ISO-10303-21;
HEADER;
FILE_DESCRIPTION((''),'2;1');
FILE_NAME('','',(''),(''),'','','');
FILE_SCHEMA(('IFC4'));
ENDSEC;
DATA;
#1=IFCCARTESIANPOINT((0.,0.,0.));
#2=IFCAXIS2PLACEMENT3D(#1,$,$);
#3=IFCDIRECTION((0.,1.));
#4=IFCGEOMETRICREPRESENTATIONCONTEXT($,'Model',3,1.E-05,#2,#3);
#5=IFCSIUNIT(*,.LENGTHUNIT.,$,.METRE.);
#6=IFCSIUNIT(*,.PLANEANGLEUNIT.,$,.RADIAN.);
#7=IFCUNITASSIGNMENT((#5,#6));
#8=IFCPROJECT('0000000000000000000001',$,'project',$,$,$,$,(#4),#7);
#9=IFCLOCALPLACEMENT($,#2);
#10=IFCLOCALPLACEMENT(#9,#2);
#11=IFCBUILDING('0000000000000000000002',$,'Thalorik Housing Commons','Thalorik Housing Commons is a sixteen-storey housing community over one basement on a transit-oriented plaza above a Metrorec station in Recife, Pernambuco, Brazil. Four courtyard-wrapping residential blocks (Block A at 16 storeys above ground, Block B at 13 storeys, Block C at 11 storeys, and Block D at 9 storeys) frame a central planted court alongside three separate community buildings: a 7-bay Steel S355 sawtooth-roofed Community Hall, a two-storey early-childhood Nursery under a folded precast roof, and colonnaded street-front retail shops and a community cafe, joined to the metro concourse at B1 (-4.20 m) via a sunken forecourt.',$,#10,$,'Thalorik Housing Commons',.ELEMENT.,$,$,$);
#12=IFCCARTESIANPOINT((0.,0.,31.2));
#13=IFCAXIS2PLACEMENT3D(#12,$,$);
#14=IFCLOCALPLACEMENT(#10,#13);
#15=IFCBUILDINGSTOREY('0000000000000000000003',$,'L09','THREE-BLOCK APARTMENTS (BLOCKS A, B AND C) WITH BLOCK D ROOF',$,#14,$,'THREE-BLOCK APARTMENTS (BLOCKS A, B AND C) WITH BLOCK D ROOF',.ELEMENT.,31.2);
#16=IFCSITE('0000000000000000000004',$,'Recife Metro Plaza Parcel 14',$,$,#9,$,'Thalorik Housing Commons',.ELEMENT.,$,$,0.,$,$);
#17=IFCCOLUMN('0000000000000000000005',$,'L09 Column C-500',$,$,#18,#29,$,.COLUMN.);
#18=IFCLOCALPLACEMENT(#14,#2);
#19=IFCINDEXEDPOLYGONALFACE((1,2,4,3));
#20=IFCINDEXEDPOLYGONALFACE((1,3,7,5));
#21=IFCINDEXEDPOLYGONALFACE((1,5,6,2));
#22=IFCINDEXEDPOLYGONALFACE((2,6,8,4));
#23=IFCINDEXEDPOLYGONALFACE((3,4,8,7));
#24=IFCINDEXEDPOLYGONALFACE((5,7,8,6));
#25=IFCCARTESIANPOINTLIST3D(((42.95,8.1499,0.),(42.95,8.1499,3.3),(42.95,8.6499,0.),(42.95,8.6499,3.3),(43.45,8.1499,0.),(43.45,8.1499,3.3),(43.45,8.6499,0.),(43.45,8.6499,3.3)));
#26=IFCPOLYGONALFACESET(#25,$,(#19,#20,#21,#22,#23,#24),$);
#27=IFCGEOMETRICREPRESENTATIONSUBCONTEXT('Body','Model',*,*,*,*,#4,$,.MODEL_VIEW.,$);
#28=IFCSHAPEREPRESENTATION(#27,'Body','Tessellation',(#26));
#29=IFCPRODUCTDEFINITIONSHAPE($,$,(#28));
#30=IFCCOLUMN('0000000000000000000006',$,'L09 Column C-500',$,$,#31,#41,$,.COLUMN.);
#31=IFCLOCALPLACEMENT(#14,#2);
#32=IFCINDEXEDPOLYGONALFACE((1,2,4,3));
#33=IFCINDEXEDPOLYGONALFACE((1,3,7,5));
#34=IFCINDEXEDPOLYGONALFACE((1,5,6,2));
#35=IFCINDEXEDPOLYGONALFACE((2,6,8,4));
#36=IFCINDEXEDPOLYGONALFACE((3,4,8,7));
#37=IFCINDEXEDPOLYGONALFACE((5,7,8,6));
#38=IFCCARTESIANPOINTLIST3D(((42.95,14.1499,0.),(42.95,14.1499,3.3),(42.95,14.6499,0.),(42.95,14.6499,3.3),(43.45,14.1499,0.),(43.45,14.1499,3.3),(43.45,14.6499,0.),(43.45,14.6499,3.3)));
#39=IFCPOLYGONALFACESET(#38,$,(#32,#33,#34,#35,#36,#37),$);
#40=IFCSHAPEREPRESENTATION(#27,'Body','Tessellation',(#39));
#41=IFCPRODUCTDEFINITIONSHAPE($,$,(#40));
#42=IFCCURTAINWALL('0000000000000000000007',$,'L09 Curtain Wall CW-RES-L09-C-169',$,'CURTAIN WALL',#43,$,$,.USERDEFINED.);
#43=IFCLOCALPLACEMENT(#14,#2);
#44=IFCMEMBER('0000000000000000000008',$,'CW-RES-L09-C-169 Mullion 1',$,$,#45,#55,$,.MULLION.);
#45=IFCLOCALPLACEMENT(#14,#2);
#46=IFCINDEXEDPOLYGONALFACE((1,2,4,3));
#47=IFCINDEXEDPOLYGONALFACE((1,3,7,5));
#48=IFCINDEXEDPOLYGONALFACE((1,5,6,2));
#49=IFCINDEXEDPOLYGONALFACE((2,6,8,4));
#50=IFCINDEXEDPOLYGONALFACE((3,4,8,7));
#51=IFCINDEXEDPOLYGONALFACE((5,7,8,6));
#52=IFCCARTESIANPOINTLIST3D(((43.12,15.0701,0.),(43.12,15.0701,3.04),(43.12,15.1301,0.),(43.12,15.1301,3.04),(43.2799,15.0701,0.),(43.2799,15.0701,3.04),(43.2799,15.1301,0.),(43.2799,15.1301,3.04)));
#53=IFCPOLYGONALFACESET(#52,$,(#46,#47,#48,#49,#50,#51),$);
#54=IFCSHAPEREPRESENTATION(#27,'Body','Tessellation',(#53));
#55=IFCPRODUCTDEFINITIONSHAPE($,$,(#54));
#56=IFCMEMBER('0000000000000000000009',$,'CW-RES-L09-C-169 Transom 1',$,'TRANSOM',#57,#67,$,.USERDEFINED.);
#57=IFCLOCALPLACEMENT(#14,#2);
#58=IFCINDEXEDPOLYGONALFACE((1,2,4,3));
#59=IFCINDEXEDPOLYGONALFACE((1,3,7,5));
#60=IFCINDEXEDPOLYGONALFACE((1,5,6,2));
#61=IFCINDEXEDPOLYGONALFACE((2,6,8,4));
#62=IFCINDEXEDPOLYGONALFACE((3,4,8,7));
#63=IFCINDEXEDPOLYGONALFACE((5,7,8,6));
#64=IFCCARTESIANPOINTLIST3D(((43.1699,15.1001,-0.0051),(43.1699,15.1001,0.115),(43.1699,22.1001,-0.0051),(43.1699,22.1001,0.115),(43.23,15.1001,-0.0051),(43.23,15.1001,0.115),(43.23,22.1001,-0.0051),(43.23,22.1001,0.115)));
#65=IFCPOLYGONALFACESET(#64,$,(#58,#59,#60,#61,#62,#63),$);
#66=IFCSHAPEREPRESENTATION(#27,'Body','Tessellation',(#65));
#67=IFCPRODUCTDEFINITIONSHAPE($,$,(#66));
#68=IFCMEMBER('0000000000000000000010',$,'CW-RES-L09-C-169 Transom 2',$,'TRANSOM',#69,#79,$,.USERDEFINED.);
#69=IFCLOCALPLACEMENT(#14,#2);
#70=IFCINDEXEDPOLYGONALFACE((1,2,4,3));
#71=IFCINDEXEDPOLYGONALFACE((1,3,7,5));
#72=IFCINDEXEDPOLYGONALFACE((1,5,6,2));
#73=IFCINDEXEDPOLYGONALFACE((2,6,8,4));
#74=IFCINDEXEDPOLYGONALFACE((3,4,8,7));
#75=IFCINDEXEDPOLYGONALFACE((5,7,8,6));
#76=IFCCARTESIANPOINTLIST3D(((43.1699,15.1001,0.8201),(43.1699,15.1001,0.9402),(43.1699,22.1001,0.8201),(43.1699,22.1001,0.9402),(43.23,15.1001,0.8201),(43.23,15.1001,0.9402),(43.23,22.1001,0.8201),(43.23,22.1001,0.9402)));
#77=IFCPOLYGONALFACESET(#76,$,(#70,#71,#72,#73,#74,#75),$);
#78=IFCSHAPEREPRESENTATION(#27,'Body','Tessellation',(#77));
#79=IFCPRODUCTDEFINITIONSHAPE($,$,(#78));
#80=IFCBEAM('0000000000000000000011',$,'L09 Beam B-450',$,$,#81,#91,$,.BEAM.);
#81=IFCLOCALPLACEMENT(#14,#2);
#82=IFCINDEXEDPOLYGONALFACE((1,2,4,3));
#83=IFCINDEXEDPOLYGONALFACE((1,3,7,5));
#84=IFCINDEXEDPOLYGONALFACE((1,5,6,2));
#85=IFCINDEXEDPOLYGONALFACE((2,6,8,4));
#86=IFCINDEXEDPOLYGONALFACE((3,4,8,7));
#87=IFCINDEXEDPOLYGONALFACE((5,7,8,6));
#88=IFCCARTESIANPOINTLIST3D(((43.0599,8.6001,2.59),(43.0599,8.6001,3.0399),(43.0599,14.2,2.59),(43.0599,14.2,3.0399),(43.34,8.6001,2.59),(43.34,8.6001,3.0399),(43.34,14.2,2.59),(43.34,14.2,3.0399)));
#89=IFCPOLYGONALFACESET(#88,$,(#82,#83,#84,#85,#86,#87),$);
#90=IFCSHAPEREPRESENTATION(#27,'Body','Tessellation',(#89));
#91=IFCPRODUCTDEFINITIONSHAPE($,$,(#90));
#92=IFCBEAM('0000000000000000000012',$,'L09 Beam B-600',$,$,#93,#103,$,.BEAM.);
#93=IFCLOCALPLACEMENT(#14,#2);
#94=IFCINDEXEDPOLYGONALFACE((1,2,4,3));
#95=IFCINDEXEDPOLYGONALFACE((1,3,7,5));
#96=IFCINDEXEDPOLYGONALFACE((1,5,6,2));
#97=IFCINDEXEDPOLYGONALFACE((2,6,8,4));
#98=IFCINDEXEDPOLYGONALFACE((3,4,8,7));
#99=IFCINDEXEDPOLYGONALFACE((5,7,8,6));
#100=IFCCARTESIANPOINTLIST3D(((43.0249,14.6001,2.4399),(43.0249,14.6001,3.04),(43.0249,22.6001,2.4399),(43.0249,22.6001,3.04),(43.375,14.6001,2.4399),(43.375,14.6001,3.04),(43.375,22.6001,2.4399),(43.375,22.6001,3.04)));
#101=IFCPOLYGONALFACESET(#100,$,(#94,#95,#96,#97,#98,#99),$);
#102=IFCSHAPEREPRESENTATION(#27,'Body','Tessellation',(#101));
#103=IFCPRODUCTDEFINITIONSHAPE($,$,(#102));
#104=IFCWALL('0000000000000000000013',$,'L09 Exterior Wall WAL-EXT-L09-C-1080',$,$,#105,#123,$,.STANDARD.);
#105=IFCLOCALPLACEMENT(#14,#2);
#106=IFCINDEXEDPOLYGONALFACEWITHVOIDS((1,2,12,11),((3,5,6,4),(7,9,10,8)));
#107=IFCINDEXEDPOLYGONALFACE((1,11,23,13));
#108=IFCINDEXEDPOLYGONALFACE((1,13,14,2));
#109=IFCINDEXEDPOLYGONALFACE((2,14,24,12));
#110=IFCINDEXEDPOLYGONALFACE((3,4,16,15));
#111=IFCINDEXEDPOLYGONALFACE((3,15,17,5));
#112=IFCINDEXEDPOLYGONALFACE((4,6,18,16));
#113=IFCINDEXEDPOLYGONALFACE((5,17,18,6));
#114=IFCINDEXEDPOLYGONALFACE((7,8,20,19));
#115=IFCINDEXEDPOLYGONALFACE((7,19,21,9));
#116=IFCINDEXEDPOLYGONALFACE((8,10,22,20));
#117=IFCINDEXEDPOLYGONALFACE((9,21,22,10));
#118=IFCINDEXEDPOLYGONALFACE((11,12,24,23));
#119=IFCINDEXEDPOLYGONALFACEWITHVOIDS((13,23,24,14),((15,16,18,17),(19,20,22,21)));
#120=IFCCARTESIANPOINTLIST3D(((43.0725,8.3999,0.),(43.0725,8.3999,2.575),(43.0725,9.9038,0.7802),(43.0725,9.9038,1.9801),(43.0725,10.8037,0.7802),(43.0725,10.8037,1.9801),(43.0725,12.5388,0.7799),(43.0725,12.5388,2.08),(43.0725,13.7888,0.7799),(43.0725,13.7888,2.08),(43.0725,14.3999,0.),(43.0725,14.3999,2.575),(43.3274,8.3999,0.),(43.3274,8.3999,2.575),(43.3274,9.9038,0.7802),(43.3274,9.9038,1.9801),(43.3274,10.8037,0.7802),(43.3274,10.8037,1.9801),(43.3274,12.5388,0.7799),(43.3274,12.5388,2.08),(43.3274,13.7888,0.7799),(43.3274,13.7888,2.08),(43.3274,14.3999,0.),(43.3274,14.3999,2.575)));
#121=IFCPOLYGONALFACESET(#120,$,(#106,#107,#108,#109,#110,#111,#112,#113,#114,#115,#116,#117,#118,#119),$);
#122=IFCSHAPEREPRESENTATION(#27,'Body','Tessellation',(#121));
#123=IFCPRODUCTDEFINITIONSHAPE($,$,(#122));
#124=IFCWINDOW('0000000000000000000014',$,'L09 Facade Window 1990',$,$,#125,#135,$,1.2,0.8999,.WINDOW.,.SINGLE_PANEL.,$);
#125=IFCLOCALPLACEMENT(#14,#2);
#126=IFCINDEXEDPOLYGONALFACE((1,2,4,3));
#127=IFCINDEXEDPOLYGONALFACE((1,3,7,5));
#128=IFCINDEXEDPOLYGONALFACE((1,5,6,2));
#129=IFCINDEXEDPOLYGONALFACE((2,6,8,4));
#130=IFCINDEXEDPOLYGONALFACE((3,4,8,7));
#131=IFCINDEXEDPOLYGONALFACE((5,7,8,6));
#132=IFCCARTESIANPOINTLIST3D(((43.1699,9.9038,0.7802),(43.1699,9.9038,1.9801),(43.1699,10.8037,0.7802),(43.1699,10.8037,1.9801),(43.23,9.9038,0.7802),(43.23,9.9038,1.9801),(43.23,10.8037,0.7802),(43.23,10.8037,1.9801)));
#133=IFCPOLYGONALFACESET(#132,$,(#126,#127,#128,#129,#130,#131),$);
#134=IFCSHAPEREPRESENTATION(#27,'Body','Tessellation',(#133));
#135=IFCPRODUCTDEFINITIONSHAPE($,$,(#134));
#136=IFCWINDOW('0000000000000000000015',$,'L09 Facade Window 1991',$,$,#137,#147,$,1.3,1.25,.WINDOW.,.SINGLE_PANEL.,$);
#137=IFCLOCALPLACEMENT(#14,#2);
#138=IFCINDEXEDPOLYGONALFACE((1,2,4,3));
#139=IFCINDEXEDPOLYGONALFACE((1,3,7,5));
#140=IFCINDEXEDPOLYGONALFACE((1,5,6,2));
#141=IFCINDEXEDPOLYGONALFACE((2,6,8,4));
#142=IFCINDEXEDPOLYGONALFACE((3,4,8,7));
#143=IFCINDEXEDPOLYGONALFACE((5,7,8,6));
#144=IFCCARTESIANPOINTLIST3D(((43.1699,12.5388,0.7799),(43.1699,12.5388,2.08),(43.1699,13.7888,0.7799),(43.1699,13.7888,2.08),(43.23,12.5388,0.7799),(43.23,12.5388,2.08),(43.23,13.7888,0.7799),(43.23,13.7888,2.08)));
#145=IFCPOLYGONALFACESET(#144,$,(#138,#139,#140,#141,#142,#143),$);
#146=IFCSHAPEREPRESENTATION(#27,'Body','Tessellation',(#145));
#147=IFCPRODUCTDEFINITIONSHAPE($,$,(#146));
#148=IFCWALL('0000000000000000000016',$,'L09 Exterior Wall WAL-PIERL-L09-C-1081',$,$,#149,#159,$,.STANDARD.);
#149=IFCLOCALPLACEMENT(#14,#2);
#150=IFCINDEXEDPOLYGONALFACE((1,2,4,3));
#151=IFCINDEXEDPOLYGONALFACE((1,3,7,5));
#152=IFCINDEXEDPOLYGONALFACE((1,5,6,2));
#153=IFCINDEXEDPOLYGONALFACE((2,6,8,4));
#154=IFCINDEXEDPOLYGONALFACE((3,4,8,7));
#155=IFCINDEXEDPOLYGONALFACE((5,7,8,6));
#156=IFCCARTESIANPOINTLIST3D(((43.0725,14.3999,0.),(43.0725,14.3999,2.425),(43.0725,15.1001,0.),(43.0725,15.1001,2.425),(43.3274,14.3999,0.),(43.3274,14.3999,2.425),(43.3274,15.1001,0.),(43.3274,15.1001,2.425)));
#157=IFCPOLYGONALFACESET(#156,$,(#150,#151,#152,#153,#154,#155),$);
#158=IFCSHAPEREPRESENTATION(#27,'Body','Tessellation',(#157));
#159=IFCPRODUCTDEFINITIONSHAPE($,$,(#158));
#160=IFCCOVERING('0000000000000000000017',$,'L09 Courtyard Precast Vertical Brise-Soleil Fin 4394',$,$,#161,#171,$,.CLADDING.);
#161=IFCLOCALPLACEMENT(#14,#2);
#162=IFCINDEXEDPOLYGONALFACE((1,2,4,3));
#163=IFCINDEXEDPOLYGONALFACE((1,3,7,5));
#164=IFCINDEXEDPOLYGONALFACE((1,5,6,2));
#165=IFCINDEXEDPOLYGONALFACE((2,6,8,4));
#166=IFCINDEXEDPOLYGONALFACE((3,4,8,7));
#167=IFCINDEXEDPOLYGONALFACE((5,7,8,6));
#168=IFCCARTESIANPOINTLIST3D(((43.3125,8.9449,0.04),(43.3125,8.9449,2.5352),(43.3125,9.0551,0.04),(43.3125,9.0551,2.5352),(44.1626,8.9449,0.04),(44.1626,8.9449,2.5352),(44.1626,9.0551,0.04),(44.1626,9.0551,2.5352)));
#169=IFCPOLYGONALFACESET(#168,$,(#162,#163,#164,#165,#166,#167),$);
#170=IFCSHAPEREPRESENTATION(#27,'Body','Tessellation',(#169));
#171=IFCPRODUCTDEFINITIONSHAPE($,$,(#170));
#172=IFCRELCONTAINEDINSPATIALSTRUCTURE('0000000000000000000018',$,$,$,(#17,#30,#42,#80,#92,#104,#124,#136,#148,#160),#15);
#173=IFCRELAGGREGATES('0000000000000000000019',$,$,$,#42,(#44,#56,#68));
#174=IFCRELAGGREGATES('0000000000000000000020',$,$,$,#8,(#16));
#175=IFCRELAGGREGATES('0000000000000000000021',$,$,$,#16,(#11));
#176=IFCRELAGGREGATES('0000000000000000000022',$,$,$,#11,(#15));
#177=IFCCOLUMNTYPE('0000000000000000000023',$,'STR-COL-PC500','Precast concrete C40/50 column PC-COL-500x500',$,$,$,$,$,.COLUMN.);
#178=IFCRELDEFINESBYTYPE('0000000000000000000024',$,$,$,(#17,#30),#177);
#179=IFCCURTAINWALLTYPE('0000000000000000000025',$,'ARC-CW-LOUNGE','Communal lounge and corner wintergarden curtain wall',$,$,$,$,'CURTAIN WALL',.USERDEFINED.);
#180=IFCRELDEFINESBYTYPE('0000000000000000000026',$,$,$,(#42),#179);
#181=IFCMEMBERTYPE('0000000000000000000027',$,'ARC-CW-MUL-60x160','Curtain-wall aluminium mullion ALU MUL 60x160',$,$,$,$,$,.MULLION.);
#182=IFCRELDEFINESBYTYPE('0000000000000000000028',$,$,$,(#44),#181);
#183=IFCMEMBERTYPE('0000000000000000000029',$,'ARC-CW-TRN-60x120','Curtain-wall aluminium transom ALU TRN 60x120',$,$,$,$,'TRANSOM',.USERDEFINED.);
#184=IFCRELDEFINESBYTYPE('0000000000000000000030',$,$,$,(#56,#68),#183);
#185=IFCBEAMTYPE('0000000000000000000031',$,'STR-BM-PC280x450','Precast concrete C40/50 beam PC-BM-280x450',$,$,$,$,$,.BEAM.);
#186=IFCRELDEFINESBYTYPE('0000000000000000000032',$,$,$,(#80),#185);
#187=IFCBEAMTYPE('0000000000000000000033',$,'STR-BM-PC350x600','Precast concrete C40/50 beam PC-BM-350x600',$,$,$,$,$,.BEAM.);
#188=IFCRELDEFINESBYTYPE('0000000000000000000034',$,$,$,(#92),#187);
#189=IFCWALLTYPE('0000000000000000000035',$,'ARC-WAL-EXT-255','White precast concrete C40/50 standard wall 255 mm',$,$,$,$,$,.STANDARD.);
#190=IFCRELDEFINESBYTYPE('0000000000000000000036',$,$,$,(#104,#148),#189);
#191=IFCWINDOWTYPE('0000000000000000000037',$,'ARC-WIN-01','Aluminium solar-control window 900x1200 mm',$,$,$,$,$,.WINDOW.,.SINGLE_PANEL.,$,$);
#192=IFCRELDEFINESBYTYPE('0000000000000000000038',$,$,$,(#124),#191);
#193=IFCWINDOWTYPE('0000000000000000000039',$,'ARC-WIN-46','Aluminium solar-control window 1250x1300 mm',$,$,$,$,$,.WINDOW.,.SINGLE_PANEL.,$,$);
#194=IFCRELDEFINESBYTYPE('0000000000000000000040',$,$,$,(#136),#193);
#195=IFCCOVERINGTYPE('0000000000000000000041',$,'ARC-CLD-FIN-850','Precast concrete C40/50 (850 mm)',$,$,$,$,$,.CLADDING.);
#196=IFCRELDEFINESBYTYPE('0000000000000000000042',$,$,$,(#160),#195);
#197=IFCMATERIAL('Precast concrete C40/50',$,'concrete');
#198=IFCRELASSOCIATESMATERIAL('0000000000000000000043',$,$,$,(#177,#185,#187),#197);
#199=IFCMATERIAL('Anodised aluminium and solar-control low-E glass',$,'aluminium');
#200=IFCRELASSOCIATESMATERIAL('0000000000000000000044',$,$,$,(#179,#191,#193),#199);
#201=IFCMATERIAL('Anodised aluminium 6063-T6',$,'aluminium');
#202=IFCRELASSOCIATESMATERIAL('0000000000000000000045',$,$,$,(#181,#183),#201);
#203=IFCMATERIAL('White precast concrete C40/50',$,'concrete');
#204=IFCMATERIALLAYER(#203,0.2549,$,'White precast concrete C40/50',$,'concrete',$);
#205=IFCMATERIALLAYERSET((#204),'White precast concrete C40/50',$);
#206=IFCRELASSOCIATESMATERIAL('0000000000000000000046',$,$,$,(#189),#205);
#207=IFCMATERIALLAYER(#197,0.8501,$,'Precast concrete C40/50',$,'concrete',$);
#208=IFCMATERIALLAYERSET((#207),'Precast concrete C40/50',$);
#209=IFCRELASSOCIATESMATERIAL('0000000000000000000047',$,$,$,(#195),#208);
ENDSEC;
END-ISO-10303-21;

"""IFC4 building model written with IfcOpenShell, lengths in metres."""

from ifc_helpers import new_model, si_unit, direction, frame, frame_2d, origin, origin_2d, place, context, subcontext, project, spatial, rectangle, extrude, material, layer, layer_set, material_profile, profile_set, type_object, element, fill, aggregate, save


model = new_model("IFC4")

# Units and contexts
model_context = context("Model", 3, precision=1e-05, world=origin(), true_north=direction((0.0, 1.0)))
body_context = subcontext(model_context, "Body", "Model", "MODEL_VIEW")
ifc_project = project(units=[si_unit("LENGTHUNIT", "METRE"), si_unit("PLANEANGLEUNIT", "RADIAN")], contexts=[model_context])

# Site, building, storey
site_placement = place(None, origin())
site = spatial("IfcSite", under=ifc_project, at=site_placement, Name="Recife Metro Plaza Parcel 14", LongName="Thalorik Housing Commons", CompositionType="ELEMENT", RefElevation=0.0)
building_placement = place(site_placement, origin())
building = spatial("IfcBuilding", under=site, at=building_placement, Name="Thalorik Housing Commons", Description="Thalorik Housing Commons is a sixteen-storey housing community over one basement on a transit-oriented plaza above a Metrorec station in Recife, Pernambuco, Brazil. Four courtyard-wrapping residential blocks (Block A at 16 storeys above ground, Block B at 13 storeys, Block C at 11 storeys, and Block D at 9 storeys) frame a central planted court alongside three separate community buildings: a 7-bay Steel S355 sawtooth-roofed Community Hall, a two-storey early-childhood Nursery under a folded precast roof, and colonnaded street-front retail shops and a community cafe, joined to the metro concourse at B1 (-4.20 m) via a sunken forecourt.", LongName="Thalorik Housing Commons", CompositionType="ELEMENT")
storey_placement = place(building_placement, frame((0.0, 0.0, 31.2)))
storey = spatial("IfcBuildingStorey", under=building, at=storey_placement, Name="L09", Description="THREE-BLOCK APARTMENTS (BLOCKS A, B AND C) WITH BLOCK D ROOF", LongName="THREE-BLOCK APARTMENTS (BLOCKS A, B AND C) WITH BLOCK D ROOF", CompositionType="ELEMENT", Elevation=31.2)

# Columns
ifc_material_1 = material(Name="Precast concrete C40/50", Category="concrete")
ifc_material_profile_1 = material_profile(ifc_material_1, rectangle(XDim=0.5, YDim=0.5, at=origin_2d()), Name="PC 500x500", Category="concrete")
ifc_profile_set_1 = profile_set([ifc_material_profile_1], Name="Precast concrete C40/50")
column_type = type_object("IfcColumnType", Name="STR-COL-PC500", Description="Precast concrete C40/50 column PC-COL-500x500", PredefinedType="COLUMN", material=ifc_profile_set_1)
for number, where, z_axis, x_axis, name in (
    (1, (43.2, 8.3999, 0.0), (0.0, 0.0, 1.0), (1.0, 0.0, 0.0), "L09 Column C-500"),
    (2, (43.2, 14.3999, 0.0), (0.0, 0.0, 1.0), (1.0, 0.0, 0.0), "L09 Column C-500"),
):
    element("IfcColumn", number, at=place(storey_placement, frame(where, z_axis=z_axis, x_axis=x_axis)), inside=storey, type_object=column_type, Name=name, PredefinedType="COLUMN", context=body_context, shape_type="SweptSolid", body=[
        extrude(rectangle(XDim=0.5, YDim=0.5, at=origin_2d()), origin(), (0.0, 0.0, 1.0), 3.3),
    ])

# Curtain wall, members
ifc_material_2 = material(Name="Anodised aluminium and solar-control low-E glass", Category="aluminium")
curtain_wall_type = type_object("IfcCurtainWallType", Name="ARC-CW-LOUNGE", Description="Communal lounge and corner wintergarden curtain wall", ElementType="CURTAIN WALL", PredefinedType="USERDEFINED", material=ifc_material_2)
curtain_wall_placement = place(storey_placement, origin())
curtain_wall = element("IfcCurtainWall", 3, at=curtain_wall_placement, inside=storey, type_object=curtain_wall_type, Name="L09 Curtain Wall CW-RES-L09-C-169", ObjectType="CURTAIN WALL", PredefinedType="USERDEFINED")
ifc_material_3 = material(Name="Anodised aluminium 6063-T6", Category="aluminium")
ifc_material_profile_2 = material_profile(ifc_material_3, rectangle(XDim=0.0601, YDim=0.1599, at=origin_2d()), Name="ALU MUL 60x160", Category="aluminium")
ifc_profile_set_2 = profile_set([ifc_material_profile_2], Name="Anodised aluminium 6063-T6")
member_type_1 = type_object("IfcMemberType", Name="ARC-CW-MUL-60x160", Description="Curtain-wall aluminium mullion ALU MUL 60x160", PredefinedType="MULLION", material=ifc_profile_set_2)
member_1_placement = place(storey_placement, frame((43.2, 15.1001, 0.0), z_axis=(0.0, 0.0, 1.0), x_axis=(0.0, 1.0, 0.0)))
member_1 = element("IfcMember", 4, at=member_1_placement, type_object=member_type_1, Name="CW-RES-L09-C-169 Mullion 1", PredefinedType="MULLION", context=body_context, shape_type="SweptSolid", body=[
    extrude(rectangle(XDim=0.0601, YDim=0.1599, at=origin_2d()), origin(), (0.0, 0.0, 1.0), 3.04),
])
ifc_material_profile_3 = material_profile(ifc_material_3, rectangle(XDim=0.0601, YDim=0.1201, at=origin_2d()), Name="ALU TRN 60x120", Category="aluminium")
ifc_profile_set_3 = profile_set([ifc_material_profile_3], Name="Anodised aluminium 6063-T6")
member_type_2 = type_object("IfcMemberType", Name="ARC-CW-TRN-60x120", Description="Curtain-wall aluminium transom ALU TRN 60x120", ElementType="TRANSOM", PredefinedType="USERDEFINED", material=ifc_profile_set_3)
member_2_placement = place(storey_placement, frame((43.2, 15.1001, 0.0549), z_axis=(0.0, 1.0, 0.0), x_axis=(-1.0, 0.0, 0.0)))
member_2 = element("IfcMember", 5, at=member_2_placement, type_object=member_type_2, Name="CW-RES-L09-C-169 Transom 1", ObjectType="TRANSOM", PredefinedType="USERDEFINED", context=body_context, shape_type="SweptSolid", body=[
    extrude(rectangle(XDim=0.0601, YDim=0.1201, at=origin_2d()), origin(), (0.0, 0.0, 1.0), 7.0),
])
member_3_placement = place(storey_placement, frame((43.2, 15.1001, 0.8801), z_axis=(0.0, 1.0, 0.0), x_axis=(-1.0, 0.0, 0.0)))
member_3 = element("IfcMember", 6, at=member_3_placement, type_object=member_type_2, Name="CW-RES-L09-C-169 Transom 2", ObjectType="TRANSOM", PredefinedType="USERDEFINED", context=body_context, shape_type="SweptSolid", body=[
    extrude(rectangle(XDim=0.0601, YDim=0.1201, at=origin_2d()), origin(), (0.0, 0.0, 1.0), 7.0),
])
aggregate(curtain_wall, [member_1, member_2, member_3])

# Beams
ifc_material_profile_4 = material_profile(ifc_material_1, rectangle(XDim=0.28, YDim=0.45, at=origin_2d()), Name="PC 280x450", Category="concrete")
ifc_profile_set_4 = profile_set([ifc_material_profile_4], Name="Precast concrete C40/50")
beam_type_1 = type_object("IfcBeamType", Name="STR-BM-PC280x450", Description="Precast concrete C40/50 beam PC-BM-280x450", PredefinedType="BEAM", material=ifc_profile_set_4)
beam_1_placement = place(storey_placement, frame((43.2, 8.6001, 2.8149), z_axis=(0.0, 1.0, 0.0), x_axis=(-1.0, 0.0, 0.0)))
element("IfcBeam", 7, at=beam_1_placement, inside=storey, type_object=beam_type_1, Name="L09 Beam B-450", PredefinedType="BEAM", context=body_context, shape_type="SweptSolid", body=[
    extrude(rectangle(XDim=0.28, YDim=0.45, at=origin_2d()), origin(), (0.0, 0.0, 1.0), 5.5999),
])
ifc_material_profile_5 = material_profile(ifc_material_1, rectangle(XDim=0.3501, YDim=0.6001, at=origin_2d()), Name="PC 350x600", Category="concrete")
ifc_profile_set_5 = profile_set([ifc_material_profile_5], Name="Precast concrete C40/50")
beam_type_2 = type_object("IfcBeamType", Name="STR-BM-PC350x600", Description="Precast concrete C40/50 beam PC-BM-350x600", PredefinedType="BEAM", material=ifc_profile_set_5)
beam_2_placement = place(storey_placement, frame((43.2, 14.6001, 2.74), z_axis=(0.0, 1.0, 0.0), x_axis=(-1.0, 0.0, 0.0)))
element("IfcBeam", 8, at=beam_2_placement, inside=storey, type_object=beam_type_2, Name="L09 Beam B-600", PredefinedType="BEAM", context=body_context, shape_type="SweptSolid", body=[
    extrude(rectangle(XDim=0.3501, YDim=0.6001, at=origin_2d()), origin(), (0.0, 0.0, 1.0), 8.0),
])

# Wall, openings, windows
ifc_material_4 = material(Name="White precast concrete C40/50", Category="concrete")
ifc_layer_1 = layer(ifc_material_4, 0.2549, Name="White precast concrete C40/50", Category="concrete")
ifc_layer_set_1 = layer_set([ifc_layer_1], Name="White precast concrete C40/50")
wall_type = type_object("IfcWallType", Name="ARC-WAL-EXT-255", Description="White precast concrete C40/50 standard wall 255 mm", PredefinedType="STANDARD", material=ifc_layer_set_1)
wall_1_placement = place(storey_placement, frame((43.2, 8.3999, 0.0), z_axis=(0.0, 0.0, 1.0), x_axis=(0.0, 1.0, 0.0)))
wall_1 = element("IfcWall", 9, at=wall_1_placement, inside=storey, type_object=wall_type, Name="L09 Exterior Wall WAL-EXT-L09-C-1080", PredefinedType="STANDARD", context=body_context, shape_type="SweptSolid", body=[
    extrude(rectangle(XDim=6.0, YDim=0.2549, at=frame_2d((3.0, 0.0))), origin(), (0.0, 0.0, 1.0), 2.575),
])
opening_1_placement = place(wall_1_placement, frame((1.5039, 0.0, 0.78)))
opening_1 = element("IfcOpeningElement", 10, at=opening_1_placement, cuts=wall_1, PredefinedType="OPENING", context=body_context, shape_type="SweptSolid", body=[
    extrude(rectangle(XDim=0.8999, YDim=1.2, at=frame_2d((0.45, 0.6001))), frame((0.0, 0.1375, 0.0), z_axis=(0.0, -1.0, 0.0), x_axis=(1.0, 0.0, 0.0)), (0.0, 0.0, 1.0), 0.2749),
])
opening_2_placement = place(wall_1_placement, frame((4.1389, 0.0, 0.78)))
opening_2 = element("IfcOpeningElement", 11, at=opening_2_placement, cuts=wall_1, PredefinedType="OPENING", context=body_context, shape_type="SweptSolid", body=[
    extrude(rectangle(XDim=1.25, YDim=1.3, at=frame_2d((0.625, 0.6499))), frame((0.0, 0.1375, 0.0), z_axis=(0.0, -1.0, 0.0), x_axis=(1.0, 0.0, 0.0)), (0.0, 0.0, 1.0), 0.2749),
])
window_type_1 = type_object("IfcWindowType", Name="ARC-WIN-01", Description="Aluminium solar-control window 900x1200 mm", PartitioningType="SINGLE_PANEL", PredefinedType="WINDOW", material=ifc_material_2)
window_1_placement = place(opening_1_placement, origin())
window_1 = element("IfcWindow", 12, at=window_1_placement, inside=storey, type_object=window_type_1, Name="L09 Facade Window 1990", OverallHeight=1.2, OverallWidth=0.8999, PartitioningType="SINGLE_PANEL", PredefinedType="WINDOW", context=body_context, shape_type="SweptSolid", body=[
    extrude(rectangle(XDim=0.8999, YDim=1.2, at=frame_2d((0.45, 0.6001))), frame((0.0, 0.03, 0.0), z_axis=(0.0, -1.0, 0.0), x_axis=(1.0, 0.0, 0.0)), (0.0, 0.0, 1.0), 0.0601),
])
fill(opening_1, window_1)
window_type_2 = type_object("IfcWindowType", Name="ARC-WIN-46", Description="Aluminium solar-control window 1250x1300 mm", PartitioningType="SINGLE_PANEL", PredefinedType="WINDOW", material=ifc_material_2)
window_2_placement = place(opening_2_placement, origin())
window_2 = element("IfcWindow", 13, at=window_2_placement, inside=storey, type_object=window_type_2, Name="L09 Facade Window 1991", OverallHeight=1.3, OverallWidth=1.25, PartitioningType="SINGLE_PANEL", PredefinedType="WINDOW", context=body_context, shape_type="SweptSolid", body=[
    extrude(rectangle(XDim=1.25, YDim=1.3, at=frame_2d((0.625, 0.6499))), frame((0.0, 0.03, 0.0), z_axis=(0.0, -1.0, 0.0), x_axis=(1.0, 0.0, 0.0)), (0.0, 0.0, 1.0), 0.0601),
])
fill(opening_2, window_2)

# Wall
wall_2_placement = place(storey_placement, frame((43.2, 14.3999, 0.0), z_axis=(0.0, 0.0, 1.0), x_axis=(0.0, 1.0, 0.0)))
element("IfcWall", 14, at=wall_2_placement, inside=storey, type_object=wall_type, Name="L09 Exterior Wall WAL-PIERL-L09-C-1081", PredefinedType="STANDARD", context=body_context, shape_type="SweptSolid", body=[
    extrude(rectangle(XDim=0.7002, YDim=0.2549, at=frame_2d((0.3501, 0.0))), origin(), (0.0, 0.0, 1.0), 2.425),
])

# Covering
ifc_layer_2 = layer(ifc_material_1, 0.8501, Name="Precast concrete C40/50", Category="concrete")
ifc_layer_set_2 = layer_set([ifc_layer_2], Name="Precast concrete C40/50")
covering_type_1 = type_object("IfcCoveringType", Name="ARC-CLD-FIN-850", Description="Precast concrete C40/50 (850 mm)", PredefinedType="CLADDING", material=ifc_layer_set_2)
for number, where, z_axis, x_axis, name in (
    (15, (43.7375, 9.0, 0.04), (0.0, 0.0, 1.0), (0.0, 1.0, 0.0), "L09 Courtyard Precast Vertical Brise-Soleil Fin 4394"),
):
    element("IfcCovering", number, at=place(storey_placement, frame(where, z_axis=z_axis, x_axis=x_axis)), inside=storey, type_object=covering_type_1, Name=name, PredefinedType="CLADDING", context=body_context, shape_type="SweptSolid", body=[
        extrude(rectangle(XDim=0.1101, YDim=0.8501, at=origin_2d()), origin(), (0.0, 0.0, 1.0), 2.4951),
    ])

save(model, "model.ifc")
